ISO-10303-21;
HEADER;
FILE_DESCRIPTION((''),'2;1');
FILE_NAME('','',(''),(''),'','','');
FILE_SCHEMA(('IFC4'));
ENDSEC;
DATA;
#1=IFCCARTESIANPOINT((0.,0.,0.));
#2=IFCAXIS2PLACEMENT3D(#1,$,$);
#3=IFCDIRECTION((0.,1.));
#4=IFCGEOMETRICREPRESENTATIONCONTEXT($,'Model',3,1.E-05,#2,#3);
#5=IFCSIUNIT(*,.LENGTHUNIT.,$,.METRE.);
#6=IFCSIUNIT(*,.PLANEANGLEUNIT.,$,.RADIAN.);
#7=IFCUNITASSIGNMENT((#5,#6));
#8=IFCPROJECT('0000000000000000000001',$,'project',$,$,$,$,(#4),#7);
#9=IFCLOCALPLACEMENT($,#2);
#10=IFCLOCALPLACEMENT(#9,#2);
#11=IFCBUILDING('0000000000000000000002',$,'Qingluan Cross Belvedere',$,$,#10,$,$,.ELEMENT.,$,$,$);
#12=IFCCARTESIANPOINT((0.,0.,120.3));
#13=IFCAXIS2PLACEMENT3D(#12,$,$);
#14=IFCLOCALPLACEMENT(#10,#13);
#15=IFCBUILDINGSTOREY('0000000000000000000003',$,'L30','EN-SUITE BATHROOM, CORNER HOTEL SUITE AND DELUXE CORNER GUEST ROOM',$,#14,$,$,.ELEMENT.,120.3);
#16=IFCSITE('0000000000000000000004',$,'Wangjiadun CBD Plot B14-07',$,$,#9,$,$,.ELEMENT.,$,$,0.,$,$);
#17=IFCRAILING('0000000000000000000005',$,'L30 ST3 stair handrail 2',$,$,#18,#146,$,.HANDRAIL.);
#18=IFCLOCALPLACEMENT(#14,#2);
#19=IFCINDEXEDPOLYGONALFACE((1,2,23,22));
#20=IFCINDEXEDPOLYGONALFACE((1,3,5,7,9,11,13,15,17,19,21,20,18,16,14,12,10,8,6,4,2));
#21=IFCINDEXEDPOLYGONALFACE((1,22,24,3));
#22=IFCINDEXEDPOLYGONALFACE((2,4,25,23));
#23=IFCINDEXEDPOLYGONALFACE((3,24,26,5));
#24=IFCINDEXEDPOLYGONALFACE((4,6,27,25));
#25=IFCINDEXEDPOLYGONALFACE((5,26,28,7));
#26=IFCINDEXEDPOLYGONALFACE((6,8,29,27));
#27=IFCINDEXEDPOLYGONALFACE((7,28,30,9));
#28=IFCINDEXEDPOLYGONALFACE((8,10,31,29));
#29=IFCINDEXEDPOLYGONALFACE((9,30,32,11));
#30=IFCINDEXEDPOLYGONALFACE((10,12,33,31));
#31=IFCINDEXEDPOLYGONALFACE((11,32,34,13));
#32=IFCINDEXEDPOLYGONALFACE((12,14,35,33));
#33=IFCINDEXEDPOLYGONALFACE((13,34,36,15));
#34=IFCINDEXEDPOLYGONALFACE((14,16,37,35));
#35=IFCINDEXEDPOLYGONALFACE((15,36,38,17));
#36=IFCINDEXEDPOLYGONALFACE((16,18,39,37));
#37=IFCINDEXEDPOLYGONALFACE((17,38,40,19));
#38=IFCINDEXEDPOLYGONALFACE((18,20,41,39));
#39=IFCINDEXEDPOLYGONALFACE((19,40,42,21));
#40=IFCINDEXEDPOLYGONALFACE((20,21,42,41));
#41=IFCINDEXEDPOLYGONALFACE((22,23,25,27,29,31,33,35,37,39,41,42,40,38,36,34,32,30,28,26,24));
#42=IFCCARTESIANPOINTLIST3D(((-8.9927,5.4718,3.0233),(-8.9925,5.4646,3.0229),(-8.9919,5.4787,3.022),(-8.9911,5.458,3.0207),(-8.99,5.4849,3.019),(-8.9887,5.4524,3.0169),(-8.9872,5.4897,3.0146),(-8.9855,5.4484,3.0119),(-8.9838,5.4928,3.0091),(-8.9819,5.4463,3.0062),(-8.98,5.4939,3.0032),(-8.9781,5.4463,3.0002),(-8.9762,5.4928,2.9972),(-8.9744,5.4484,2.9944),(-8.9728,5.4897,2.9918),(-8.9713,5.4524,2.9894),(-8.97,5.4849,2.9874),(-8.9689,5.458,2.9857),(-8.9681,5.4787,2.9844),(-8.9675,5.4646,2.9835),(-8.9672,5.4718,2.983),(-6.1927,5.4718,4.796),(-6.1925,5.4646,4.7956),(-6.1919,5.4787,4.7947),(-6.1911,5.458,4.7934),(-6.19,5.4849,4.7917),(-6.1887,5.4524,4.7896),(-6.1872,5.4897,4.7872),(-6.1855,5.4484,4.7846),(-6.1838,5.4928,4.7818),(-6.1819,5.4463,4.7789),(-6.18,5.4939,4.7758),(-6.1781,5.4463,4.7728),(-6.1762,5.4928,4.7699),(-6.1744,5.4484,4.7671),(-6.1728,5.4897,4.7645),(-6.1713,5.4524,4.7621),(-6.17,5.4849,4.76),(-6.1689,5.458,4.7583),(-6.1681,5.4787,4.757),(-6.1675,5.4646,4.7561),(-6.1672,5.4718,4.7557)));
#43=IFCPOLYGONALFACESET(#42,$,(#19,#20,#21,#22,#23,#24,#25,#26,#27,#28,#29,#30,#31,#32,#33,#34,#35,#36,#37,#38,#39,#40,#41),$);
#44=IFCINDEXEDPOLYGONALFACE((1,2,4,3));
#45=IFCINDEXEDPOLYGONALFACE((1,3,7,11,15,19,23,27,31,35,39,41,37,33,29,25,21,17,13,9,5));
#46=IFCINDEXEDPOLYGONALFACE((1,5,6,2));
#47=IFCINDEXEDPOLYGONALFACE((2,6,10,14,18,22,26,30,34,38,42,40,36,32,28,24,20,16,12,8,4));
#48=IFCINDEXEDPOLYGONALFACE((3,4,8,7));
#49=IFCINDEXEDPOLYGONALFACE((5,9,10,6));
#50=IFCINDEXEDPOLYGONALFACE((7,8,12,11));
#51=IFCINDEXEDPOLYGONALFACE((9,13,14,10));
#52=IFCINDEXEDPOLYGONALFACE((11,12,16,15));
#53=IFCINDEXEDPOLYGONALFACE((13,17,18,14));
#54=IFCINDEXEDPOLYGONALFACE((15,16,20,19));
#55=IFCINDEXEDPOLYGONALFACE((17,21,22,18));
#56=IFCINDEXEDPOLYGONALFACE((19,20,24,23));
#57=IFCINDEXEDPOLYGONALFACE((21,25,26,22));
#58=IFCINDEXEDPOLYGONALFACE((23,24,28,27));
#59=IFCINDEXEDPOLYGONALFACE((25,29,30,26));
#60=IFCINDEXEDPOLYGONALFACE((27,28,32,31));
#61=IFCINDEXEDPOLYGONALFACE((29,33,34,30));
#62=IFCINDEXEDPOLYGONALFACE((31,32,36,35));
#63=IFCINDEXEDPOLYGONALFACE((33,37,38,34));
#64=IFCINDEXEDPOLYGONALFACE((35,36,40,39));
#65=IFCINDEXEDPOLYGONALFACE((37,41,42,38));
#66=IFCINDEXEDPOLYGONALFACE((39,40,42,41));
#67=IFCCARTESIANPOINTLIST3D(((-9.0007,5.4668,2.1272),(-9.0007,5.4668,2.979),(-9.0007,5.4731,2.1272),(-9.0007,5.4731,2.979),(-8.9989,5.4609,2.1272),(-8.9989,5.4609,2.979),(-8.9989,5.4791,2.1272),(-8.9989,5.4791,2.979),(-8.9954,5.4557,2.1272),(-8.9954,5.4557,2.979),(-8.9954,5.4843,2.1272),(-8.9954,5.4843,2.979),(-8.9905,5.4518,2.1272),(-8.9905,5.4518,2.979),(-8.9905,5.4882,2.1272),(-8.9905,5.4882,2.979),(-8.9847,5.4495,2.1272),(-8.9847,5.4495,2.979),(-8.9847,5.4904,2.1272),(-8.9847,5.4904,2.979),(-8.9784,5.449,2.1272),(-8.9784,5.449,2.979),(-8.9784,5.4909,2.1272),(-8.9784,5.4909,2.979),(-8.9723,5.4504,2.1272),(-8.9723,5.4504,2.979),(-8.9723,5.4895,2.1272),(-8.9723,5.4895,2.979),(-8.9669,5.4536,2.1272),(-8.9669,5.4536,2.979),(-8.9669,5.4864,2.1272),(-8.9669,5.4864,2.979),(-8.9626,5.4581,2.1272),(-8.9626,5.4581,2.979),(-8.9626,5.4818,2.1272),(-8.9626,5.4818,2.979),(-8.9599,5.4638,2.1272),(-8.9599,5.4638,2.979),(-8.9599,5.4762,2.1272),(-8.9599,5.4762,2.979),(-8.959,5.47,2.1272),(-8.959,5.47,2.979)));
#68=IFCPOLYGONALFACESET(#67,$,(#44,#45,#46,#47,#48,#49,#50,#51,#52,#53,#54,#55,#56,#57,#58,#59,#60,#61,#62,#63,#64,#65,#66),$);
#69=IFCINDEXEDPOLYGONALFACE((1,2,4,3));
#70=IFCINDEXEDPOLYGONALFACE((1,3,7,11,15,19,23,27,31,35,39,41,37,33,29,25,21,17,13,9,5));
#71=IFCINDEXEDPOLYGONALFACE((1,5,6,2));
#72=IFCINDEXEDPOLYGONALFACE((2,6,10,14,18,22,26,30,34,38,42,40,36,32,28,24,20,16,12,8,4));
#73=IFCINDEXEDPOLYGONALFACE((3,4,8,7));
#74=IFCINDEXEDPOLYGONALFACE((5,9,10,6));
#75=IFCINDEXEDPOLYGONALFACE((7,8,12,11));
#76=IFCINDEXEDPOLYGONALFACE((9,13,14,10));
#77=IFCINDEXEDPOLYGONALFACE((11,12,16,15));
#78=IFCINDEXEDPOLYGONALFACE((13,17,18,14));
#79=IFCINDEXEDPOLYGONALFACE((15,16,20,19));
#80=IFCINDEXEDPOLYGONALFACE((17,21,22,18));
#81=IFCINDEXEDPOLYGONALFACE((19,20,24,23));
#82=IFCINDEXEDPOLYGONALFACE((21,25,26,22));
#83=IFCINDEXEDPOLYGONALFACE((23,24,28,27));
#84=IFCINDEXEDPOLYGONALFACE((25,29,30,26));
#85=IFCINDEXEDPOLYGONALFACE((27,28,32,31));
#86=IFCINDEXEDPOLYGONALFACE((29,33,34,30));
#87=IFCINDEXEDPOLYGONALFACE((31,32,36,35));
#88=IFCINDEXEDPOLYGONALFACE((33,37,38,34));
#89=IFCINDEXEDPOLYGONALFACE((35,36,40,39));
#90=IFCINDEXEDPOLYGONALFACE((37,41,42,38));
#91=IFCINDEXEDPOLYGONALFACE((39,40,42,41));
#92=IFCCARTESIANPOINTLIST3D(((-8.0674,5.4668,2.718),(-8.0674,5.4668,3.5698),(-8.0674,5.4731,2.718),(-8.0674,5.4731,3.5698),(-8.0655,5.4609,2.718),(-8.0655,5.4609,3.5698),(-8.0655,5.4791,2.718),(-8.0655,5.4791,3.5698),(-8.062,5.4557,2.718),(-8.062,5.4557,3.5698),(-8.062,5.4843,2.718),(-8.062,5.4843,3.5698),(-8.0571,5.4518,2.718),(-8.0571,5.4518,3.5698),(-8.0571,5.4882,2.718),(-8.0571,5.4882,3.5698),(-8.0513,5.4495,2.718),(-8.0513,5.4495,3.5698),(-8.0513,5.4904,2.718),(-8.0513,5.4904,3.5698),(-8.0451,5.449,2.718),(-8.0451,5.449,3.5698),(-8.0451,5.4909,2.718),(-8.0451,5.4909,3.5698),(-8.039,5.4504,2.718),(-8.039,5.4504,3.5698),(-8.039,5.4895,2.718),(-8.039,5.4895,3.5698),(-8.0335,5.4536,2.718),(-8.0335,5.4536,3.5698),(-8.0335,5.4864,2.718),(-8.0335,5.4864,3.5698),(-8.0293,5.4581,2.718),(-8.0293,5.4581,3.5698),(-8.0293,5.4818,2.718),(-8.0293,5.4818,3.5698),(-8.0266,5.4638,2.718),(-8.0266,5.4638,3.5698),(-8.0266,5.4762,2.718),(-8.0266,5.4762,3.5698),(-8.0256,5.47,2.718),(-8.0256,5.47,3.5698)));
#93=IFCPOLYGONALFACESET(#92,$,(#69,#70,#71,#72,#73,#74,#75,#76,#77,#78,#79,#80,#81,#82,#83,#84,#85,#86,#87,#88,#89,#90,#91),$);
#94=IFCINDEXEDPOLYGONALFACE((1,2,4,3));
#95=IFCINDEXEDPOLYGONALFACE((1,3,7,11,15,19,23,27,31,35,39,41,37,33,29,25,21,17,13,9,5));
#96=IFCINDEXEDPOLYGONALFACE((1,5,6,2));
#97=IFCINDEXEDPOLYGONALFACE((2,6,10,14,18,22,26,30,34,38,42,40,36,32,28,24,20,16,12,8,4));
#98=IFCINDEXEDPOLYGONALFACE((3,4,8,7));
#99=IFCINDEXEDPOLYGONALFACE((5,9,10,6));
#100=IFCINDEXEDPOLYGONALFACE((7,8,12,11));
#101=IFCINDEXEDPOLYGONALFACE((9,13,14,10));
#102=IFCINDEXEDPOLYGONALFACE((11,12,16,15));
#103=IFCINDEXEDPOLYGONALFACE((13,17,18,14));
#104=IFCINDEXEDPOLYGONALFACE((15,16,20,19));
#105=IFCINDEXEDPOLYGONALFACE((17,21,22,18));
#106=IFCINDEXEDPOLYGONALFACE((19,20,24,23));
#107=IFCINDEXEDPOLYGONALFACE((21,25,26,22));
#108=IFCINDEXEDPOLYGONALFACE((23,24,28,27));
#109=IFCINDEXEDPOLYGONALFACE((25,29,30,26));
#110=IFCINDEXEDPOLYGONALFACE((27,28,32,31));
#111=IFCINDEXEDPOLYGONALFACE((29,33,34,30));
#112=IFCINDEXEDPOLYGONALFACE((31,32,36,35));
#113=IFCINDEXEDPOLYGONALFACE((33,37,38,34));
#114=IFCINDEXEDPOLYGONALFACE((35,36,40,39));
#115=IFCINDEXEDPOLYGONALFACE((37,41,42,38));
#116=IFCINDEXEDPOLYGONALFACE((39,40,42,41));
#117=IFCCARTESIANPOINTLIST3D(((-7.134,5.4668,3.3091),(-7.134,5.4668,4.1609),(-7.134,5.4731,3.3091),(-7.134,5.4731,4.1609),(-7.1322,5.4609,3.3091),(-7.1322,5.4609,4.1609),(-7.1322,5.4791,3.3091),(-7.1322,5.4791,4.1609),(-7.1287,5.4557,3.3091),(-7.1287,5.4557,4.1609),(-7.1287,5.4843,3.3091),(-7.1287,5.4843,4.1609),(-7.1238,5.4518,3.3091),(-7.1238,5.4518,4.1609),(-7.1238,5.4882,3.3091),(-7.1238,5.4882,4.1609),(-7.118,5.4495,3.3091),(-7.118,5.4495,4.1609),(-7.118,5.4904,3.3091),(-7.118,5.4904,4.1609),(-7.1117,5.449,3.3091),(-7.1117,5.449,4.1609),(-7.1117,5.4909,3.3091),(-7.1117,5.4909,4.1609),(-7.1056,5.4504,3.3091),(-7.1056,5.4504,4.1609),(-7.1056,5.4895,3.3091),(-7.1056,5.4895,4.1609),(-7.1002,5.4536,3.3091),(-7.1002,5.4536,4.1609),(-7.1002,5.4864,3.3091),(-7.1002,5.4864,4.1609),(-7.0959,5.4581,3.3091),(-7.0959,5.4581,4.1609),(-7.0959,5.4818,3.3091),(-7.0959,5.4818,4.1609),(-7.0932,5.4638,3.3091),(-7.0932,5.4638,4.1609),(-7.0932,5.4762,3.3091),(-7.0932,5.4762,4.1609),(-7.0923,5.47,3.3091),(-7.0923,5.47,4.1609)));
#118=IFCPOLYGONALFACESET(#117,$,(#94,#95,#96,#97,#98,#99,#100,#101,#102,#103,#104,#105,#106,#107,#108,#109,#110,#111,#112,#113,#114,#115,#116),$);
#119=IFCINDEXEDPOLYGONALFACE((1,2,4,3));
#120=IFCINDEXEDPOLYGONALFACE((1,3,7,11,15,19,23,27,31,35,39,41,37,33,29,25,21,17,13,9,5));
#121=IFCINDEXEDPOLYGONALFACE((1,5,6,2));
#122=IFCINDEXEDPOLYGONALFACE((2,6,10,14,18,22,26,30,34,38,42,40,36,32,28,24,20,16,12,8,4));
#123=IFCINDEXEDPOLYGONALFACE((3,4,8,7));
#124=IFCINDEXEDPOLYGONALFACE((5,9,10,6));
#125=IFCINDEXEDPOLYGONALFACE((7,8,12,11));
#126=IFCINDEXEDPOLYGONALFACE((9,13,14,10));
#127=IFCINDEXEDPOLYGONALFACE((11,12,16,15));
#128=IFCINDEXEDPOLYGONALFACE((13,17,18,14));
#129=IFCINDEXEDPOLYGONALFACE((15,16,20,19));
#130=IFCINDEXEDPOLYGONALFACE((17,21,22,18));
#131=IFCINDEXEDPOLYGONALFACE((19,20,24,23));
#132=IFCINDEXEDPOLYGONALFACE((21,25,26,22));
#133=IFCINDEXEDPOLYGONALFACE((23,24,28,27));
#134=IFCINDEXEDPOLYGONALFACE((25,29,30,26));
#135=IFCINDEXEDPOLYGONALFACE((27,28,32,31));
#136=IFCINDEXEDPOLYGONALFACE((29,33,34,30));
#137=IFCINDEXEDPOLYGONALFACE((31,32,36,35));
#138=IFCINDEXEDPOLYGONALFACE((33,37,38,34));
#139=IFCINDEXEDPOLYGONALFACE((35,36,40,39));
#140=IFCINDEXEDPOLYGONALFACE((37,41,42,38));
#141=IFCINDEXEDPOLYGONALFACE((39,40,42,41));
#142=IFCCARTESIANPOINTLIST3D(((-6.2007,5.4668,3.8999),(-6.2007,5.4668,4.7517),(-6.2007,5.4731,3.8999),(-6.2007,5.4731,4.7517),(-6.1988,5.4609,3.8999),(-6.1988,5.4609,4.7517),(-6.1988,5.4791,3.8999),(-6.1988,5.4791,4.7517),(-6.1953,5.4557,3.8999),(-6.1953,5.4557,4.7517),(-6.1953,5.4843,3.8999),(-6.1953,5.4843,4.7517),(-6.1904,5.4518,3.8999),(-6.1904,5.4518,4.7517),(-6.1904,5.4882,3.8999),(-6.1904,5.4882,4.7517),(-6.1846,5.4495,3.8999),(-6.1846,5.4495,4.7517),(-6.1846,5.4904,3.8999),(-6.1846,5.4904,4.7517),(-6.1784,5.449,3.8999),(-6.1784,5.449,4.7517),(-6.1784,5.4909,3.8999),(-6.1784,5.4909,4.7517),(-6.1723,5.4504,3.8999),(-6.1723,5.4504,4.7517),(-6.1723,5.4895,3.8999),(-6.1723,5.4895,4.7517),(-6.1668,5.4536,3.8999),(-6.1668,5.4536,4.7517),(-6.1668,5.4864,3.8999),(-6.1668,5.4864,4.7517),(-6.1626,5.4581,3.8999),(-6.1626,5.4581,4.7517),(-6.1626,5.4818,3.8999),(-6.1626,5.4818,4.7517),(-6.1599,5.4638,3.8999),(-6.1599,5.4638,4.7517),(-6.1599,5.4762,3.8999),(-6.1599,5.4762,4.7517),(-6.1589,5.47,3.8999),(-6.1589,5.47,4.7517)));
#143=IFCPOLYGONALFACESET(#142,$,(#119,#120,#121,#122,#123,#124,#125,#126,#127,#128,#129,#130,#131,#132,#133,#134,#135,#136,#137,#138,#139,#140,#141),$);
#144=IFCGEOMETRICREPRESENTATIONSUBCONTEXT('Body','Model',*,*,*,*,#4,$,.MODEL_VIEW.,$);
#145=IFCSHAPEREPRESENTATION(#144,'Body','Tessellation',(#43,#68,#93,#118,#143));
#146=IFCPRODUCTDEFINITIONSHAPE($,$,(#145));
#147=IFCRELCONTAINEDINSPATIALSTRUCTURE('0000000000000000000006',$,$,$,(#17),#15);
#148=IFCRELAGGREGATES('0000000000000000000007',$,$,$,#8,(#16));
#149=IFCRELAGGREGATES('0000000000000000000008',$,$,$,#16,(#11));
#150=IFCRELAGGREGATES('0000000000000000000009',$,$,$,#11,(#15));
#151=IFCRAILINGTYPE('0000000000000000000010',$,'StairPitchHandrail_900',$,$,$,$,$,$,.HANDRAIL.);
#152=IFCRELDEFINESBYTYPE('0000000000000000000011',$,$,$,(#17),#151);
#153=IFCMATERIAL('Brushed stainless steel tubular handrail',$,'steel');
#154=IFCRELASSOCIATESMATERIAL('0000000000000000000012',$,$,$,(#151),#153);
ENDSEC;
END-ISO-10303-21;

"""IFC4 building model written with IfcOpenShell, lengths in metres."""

from ifc_helpers import new_model, si_unit, direction, frame, origin, origin_2d, place, context, subcontext, project, spatial, circle, extrude, material, type_object, element, save


model = new_model("IFC4")

# Units and contexts
model_context = context("Model", 3, precision=1e-05, world=origin(), true_north=direction((0.0, 1.0)))
body_context = subcontext(model_context, "Body", "Model", "MODEL_VIEW")
ifc_project = project(units=[si_unit("LENGTHUNIT", "METRE"), si_unit("PLANEANGLEUNIT", "RADIAN")], contexts=[model_context])

# Site, building, storey
site_placement = place(None, origin())
site = spatial("IfcSite", under=ifc_project, at=site_placement, Name="Wangjiadun CBD Plot B14-07", CompositionType="ELEMENT", RefElevation=0.0)
building_placement = place(site_placement, origin())
building = spatial("IfcBuilding", under=site, at=building_placement, Name="Qingluan Cross Belvedere", CompositionType="ELEMENT")
storey_placement = place(building_placement, frame((0.0, 0.0, 120.3)))
storey = spatial("IfcBuildingStorey", under=building, at=storey_placement, Name="L30", Description="EN-SUITE BATHROOM, CORNER HOTEL SUITE AND DELUXE CORNER GUEST ROOM", CompositionType="ELEMENT", Elevation=120.3)

# Railing
ifc_material_1 = material(Name="Brushed stainless steel tubular handrail", Category="steel")
railing_type_1 = type_object("IfcRailingType", Name="StairPitchHandrail_900", PredefinedType="HANDRAIL", material=ifc_material_1)
railing_1_placement = place(storey_placement, frame((-8.98, 5.47, 2.1272)))
element("IfcRailing", 1, at=railing_1_placement, inside=storey, type_object=railing_type_1, Name="L30 ST3 stair handrail 2", PredefinedType="HANDRAIL", context=body_context, shape_type="SweptSolid", body=[
    extrude(circle(Radius=0.0239, at=origin_2d()), frame((0.0, 0.0, 0.876), z_axis=(0.844909, 0.0, 0.53491), x_axis=(0.0, 1.0, 0.0)), (0.0, 0.0, 1.0), 3.314),
    extrude(circle(Radius=0.021, at=origin_2d()), origin(), (0.0, 0.0, 1.0), 0.8518),
    extrude(circle(Radius=0.021, at=origin_2d()), frame((0.9333, 0.0, 0.5908)), (0.0, 0.0, 1.0), 0.8518),
    extrude(circle(Radius=0.021, at=origin_2d()), frame((1.8667, 0.0, 1.1819)), (0.0, 0.0, 1.0), 0.8518),
    extrude(circle(Radius=0.021, at=origin_2d()), frame((2.8, 0.0, 1.7727)), (0.0, 0.0, 1.0), 0.8518),
])

save(model, "model.ifc")
